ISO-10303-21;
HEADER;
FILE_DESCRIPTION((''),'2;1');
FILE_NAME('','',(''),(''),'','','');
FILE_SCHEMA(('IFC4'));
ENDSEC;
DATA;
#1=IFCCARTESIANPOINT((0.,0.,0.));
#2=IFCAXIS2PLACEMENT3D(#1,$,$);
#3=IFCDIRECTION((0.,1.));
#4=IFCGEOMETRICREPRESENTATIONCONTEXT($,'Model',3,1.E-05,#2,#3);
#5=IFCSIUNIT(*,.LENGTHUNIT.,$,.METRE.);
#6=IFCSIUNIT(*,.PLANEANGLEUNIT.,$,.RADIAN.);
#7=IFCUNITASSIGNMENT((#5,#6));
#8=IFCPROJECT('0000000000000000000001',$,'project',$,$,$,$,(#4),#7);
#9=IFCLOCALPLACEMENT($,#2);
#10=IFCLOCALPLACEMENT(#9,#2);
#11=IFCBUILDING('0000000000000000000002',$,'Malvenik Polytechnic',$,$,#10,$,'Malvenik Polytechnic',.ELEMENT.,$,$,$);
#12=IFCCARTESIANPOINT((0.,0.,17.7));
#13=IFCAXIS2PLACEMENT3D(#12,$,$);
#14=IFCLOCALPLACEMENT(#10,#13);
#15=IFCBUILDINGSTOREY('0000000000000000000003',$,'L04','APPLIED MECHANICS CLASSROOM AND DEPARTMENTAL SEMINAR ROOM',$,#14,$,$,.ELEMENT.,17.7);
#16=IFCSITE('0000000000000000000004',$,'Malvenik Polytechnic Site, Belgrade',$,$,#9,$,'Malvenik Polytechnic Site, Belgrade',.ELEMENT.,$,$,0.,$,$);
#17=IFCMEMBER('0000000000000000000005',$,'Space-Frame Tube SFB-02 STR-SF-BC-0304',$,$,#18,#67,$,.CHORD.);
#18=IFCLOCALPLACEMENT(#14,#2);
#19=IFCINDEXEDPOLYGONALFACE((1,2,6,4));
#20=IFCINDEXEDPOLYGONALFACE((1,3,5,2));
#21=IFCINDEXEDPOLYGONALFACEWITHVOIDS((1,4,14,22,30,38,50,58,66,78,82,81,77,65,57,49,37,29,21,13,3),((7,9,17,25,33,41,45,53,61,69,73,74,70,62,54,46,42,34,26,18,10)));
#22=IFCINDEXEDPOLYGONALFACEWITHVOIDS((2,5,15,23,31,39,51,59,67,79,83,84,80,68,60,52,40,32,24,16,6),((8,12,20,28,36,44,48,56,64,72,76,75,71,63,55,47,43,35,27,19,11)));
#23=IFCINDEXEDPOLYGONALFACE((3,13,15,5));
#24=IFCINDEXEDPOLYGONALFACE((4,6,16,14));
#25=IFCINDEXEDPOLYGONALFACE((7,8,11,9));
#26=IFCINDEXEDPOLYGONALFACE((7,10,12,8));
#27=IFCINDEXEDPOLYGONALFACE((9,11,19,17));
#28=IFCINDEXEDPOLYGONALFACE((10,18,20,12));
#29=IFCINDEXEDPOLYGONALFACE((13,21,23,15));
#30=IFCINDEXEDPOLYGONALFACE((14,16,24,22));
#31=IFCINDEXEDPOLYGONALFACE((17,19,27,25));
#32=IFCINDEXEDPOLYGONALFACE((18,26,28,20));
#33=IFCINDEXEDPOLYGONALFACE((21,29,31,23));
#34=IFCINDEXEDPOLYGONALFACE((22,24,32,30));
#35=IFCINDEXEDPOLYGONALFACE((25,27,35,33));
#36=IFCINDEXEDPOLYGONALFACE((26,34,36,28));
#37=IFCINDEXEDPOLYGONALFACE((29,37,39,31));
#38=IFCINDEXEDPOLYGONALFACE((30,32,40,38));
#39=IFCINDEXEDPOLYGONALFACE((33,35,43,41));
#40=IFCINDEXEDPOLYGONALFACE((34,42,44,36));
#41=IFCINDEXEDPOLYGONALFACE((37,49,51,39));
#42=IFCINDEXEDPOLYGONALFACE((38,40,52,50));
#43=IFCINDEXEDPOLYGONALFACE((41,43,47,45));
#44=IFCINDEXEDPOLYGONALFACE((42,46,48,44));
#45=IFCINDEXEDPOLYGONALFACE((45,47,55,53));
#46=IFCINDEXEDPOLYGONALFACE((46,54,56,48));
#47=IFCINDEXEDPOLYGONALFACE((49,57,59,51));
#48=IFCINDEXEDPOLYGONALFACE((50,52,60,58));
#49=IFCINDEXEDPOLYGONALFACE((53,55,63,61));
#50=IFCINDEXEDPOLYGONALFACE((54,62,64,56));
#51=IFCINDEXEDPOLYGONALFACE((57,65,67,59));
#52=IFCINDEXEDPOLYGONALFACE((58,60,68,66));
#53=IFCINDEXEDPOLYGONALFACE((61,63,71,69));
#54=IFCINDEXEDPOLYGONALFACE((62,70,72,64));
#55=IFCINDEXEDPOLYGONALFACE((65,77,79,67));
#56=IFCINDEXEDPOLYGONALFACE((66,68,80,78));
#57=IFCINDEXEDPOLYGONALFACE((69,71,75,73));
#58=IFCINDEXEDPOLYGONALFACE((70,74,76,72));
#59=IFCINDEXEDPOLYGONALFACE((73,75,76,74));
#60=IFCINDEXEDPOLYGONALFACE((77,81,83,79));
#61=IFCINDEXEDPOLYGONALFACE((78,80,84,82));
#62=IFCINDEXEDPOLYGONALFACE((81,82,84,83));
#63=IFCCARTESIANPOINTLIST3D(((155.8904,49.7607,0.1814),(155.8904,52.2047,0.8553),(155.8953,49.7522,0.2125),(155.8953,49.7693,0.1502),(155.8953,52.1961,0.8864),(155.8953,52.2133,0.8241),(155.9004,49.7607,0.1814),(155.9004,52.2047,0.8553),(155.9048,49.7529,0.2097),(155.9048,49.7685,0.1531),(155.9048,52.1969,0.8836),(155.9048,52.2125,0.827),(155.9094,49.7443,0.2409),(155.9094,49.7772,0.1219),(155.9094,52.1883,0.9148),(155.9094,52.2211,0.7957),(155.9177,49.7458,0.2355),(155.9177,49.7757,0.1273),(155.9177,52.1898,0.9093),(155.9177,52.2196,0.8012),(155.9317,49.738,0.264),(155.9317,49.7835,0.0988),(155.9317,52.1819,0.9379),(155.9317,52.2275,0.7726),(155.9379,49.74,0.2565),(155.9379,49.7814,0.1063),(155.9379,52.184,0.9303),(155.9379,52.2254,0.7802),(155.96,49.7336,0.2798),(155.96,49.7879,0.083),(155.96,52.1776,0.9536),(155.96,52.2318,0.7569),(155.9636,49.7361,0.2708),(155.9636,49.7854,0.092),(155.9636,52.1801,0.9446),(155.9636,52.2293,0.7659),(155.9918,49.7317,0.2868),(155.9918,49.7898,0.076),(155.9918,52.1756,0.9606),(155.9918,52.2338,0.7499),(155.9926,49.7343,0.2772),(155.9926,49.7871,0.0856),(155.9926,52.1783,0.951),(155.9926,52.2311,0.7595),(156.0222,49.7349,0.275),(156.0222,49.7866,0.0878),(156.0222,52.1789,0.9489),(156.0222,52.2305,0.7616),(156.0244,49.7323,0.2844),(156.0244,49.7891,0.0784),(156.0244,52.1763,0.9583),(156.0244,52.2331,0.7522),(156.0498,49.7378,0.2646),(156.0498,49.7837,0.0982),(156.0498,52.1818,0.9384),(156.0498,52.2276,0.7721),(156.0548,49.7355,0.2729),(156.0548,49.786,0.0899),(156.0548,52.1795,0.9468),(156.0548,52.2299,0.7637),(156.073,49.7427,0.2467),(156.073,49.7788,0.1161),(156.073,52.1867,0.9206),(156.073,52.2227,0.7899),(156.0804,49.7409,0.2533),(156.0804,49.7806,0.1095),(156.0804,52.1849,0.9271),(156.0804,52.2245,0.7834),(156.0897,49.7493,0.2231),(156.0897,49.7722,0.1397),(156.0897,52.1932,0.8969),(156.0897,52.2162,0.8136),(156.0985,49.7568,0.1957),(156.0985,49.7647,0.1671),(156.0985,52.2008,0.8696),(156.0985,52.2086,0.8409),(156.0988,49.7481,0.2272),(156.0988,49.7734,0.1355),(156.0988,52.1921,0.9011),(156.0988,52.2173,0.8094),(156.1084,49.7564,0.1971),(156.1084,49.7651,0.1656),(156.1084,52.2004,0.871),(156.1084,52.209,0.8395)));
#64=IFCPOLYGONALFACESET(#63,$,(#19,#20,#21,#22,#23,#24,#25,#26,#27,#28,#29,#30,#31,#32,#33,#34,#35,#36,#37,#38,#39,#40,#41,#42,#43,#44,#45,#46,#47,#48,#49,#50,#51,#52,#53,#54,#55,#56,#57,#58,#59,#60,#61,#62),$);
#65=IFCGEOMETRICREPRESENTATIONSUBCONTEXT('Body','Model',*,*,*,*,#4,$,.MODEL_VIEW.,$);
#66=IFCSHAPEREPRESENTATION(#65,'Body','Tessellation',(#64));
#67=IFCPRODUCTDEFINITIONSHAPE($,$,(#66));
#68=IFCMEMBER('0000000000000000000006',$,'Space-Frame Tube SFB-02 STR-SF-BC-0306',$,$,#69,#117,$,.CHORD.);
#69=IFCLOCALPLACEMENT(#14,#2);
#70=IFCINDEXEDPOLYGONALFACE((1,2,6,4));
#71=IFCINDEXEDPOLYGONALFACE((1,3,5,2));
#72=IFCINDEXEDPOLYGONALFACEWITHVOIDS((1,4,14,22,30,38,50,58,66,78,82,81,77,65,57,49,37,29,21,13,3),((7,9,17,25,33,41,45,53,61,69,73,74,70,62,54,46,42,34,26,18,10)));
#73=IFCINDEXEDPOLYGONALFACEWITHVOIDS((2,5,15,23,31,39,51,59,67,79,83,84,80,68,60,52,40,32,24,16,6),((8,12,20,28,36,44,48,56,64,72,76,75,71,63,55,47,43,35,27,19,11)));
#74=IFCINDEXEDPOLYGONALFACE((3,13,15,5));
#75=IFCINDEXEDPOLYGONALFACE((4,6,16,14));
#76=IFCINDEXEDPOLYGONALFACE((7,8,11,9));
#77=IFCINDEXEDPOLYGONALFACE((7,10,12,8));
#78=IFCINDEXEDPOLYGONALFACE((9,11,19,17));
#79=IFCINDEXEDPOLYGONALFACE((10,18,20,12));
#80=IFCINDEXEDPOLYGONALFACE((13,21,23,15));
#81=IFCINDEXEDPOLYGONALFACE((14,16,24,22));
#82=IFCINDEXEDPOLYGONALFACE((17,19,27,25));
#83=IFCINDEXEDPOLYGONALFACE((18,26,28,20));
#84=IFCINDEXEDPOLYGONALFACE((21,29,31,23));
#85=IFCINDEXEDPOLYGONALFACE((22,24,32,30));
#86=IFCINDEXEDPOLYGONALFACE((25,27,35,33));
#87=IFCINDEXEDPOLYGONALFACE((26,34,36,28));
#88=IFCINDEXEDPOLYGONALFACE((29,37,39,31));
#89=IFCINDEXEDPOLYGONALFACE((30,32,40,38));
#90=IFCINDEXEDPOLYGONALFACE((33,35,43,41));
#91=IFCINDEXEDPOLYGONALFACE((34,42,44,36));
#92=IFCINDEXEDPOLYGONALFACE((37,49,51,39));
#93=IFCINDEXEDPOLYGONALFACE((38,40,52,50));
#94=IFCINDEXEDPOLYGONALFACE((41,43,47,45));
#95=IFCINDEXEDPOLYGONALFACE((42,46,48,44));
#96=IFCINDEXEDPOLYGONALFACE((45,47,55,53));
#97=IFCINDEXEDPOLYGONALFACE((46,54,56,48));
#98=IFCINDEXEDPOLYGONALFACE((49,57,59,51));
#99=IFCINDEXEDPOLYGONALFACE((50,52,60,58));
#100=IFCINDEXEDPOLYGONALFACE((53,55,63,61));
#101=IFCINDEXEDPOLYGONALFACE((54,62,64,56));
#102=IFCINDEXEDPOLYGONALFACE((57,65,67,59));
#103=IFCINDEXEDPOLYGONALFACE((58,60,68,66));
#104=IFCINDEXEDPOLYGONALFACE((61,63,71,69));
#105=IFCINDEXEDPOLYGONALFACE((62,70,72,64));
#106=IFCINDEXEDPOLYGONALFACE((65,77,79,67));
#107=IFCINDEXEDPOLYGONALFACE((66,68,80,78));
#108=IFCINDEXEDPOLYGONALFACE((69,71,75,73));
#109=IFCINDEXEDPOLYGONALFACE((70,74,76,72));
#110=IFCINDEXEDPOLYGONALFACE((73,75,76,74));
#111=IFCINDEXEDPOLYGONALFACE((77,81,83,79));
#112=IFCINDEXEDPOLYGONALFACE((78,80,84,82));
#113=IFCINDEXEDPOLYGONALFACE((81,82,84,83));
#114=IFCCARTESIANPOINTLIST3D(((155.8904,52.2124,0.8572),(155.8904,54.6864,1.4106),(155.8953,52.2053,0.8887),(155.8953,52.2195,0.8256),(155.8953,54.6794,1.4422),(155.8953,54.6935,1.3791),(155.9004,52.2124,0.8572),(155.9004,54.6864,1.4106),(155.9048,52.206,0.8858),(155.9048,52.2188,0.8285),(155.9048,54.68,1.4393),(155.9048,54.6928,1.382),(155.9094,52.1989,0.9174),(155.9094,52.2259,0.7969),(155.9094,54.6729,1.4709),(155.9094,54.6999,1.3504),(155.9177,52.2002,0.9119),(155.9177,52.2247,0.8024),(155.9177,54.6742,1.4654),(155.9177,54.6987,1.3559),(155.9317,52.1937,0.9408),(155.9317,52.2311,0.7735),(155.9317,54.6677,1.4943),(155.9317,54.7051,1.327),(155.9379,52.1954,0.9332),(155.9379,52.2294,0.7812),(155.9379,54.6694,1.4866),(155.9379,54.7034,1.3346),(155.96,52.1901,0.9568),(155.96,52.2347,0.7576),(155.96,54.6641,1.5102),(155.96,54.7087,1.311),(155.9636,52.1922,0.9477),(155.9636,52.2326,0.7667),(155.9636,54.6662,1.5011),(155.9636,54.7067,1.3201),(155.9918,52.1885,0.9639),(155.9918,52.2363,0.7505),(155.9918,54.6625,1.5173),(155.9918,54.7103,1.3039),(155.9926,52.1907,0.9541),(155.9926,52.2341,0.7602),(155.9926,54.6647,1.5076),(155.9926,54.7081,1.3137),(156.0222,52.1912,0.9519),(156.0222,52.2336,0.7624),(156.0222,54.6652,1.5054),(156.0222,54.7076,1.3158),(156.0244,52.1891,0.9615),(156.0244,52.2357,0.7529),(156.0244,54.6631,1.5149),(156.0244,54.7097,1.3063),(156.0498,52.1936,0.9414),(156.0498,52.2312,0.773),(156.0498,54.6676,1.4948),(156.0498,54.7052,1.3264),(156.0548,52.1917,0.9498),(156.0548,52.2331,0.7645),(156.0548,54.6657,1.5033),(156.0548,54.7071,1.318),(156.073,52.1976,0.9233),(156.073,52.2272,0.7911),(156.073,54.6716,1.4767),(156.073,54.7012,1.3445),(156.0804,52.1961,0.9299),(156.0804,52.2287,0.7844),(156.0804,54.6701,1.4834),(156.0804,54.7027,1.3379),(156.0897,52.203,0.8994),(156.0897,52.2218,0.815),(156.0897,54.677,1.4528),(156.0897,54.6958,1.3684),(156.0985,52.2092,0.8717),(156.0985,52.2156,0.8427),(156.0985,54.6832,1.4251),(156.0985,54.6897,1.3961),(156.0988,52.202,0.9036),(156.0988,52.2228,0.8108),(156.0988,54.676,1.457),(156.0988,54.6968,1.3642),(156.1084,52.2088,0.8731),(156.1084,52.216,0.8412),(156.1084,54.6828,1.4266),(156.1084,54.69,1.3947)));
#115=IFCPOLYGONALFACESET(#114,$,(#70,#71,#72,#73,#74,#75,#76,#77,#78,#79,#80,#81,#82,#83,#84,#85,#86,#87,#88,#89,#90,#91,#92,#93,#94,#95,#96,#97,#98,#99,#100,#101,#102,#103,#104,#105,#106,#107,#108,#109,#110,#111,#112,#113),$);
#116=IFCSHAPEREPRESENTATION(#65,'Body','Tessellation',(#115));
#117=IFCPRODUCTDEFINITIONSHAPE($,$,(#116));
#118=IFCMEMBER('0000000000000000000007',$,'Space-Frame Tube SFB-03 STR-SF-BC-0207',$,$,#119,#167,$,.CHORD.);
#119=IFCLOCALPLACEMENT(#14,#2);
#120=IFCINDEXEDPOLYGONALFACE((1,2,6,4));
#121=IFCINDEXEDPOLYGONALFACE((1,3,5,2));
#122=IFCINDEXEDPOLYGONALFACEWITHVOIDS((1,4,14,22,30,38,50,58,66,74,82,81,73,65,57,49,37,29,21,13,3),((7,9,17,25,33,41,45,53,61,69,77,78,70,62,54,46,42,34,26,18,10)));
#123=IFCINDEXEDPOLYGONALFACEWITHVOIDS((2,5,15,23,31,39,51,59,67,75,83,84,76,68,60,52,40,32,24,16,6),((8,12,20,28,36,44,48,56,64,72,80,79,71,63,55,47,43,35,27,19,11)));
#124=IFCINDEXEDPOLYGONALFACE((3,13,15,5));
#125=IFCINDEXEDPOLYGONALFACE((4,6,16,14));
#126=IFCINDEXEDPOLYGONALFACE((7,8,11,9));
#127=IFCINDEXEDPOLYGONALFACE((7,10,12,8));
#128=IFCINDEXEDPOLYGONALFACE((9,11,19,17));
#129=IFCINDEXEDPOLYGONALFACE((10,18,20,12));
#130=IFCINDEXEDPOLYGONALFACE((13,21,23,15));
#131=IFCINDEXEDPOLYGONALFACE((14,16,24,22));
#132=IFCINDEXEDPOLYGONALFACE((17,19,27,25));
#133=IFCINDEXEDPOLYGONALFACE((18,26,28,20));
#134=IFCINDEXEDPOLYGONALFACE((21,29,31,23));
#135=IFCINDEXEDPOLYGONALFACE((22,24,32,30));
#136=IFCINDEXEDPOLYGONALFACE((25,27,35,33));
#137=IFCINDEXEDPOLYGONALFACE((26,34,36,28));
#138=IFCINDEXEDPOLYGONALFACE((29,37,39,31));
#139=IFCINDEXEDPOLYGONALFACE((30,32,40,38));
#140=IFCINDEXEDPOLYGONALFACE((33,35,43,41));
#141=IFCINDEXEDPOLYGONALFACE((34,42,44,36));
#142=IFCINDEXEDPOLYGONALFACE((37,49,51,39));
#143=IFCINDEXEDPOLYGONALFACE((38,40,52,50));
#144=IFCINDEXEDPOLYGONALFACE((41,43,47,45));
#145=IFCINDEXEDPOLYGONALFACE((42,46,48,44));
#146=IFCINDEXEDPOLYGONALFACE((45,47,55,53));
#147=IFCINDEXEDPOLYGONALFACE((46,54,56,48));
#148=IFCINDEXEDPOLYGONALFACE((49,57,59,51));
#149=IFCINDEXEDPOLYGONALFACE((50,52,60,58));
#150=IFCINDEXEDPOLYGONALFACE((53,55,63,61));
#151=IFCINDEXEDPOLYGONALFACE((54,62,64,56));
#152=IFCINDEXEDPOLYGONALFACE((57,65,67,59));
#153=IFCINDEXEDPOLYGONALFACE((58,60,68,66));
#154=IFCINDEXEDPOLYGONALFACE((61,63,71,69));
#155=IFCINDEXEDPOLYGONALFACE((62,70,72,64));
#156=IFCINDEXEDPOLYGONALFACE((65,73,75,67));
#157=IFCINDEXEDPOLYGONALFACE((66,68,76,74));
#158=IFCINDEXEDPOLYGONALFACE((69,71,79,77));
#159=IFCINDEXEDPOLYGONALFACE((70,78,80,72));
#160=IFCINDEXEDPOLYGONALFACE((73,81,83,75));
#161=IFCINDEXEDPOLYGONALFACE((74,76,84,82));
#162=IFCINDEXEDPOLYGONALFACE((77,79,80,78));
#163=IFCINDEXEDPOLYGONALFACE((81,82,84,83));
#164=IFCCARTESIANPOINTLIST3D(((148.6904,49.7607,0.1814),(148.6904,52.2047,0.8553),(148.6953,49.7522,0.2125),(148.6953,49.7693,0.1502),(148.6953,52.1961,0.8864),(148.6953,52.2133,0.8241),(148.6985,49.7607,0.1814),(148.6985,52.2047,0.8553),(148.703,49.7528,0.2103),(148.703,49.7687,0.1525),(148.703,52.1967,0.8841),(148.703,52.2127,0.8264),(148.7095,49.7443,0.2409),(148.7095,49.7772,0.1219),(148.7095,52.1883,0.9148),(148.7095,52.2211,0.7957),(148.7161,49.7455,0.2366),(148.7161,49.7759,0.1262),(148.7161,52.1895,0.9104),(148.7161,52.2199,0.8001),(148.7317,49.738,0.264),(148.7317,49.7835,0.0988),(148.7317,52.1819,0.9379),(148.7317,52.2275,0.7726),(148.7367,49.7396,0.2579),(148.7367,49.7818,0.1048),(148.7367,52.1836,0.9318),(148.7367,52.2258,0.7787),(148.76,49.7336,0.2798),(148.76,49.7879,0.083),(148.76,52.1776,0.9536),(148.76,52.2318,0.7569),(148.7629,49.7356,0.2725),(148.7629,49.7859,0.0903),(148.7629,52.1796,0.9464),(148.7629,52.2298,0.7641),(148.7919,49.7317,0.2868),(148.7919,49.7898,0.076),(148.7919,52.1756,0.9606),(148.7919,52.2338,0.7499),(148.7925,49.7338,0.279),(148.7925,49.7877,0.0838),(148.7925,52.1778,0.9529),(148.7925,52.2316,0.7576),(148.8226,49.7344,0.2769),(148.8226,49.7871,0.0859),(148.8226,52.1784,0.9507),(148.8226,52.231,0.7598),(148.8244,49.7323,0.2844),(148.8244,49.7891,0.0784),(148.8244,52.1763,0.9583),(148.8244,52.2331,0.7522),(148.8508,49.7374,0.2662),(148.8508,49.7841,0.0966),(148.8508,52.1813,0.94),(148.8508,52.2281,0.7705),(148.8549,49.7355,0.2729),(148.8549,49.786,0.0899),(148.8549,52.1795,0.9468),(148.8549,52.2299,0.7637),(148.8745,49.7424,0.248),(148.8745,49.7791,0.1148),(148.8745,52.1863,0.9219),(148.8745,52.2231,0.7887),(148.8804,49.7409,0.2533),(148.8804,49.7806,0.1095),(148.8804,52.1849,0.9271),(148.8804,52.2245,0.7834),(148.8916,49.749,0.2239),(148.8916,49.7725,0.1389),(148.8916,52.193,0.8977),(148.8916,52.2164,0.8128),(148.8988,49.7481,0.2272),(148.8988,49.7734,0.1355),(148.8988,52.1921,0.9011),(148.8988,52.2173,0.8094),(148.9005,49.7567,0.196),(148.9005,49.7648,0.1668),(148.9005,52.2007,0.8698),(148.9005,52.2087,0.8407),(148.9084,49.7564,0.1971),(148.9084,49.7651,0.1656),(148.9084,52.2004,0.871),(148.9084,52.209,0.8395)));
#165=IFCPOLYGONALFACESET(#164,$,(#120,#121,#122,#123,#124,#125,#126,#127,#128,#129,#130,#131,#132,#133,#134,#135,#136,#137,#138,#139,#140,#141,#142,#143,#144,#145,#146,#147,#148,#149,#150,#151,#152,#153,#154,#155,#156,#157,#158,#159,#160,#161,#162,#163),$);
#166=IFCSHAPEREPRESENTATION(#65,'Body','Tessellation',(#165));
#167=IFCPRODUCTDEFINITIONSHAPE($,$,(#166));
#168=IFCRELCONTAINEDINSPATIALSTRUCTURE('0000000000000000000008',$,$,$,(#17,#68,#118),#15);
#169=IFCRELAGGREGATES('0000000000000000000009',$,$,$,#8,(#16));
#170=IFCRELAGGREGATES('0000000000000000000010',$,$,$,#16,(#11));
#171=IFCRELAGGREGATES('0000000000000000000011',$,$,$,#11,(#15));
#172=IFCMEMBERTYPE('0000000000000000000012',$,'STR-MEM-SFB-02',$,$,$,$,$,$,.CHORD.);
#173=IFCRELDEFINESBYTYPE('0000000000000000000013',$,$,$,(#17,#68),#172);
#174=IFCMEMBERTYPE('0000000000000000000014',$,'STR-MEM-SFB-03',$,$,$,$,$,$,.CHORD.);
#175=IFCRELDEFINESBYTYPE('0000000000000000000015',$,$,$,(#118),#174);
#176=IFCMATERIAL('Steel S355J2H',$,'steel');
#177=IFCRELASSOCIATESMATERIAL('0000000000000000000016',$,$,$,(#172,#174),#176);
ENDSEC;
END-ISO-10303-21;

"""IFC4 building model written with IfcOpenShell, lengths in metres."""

from ifc_helpers import new_model, si_unit, direction, frame, origin, origin_2d, place, context, subcontext, project, spatial, hollow_circle, extrude, material, material_profile, profile_set, type_object, element, save


model = new_model("IFC4")

# Units and contexts
model_context = context("Model", 3, precision=1e-05, world=origin(), true_north=direction((0.0, 1.0)))
body_context = subcontext(model_context, "Body", "Model", "MODEL_VIEW")
ifc_project = project(units=[si_unit("LENGTHUNIT", "METRE"), si_unit("PLANEANGLEUNIT", "RADIAN")], contexts=[model_context])

# Site, building, storey
site_placement = place(None, origin())
site = spatial("IfcSite", under=ifc_project, at=site_placement, Name="Malvenik Polytechnic Site, Belgrade", LongName="Malvenik Polytechnic Site, Belgrade", CompositionType="ELEMENT", RefElevation=0.0)
building_placement = place(site_placement, origin())
building = spatial("IfcBuilding", under=site, at=building_placement, Name="Malvenik Polytechnic", LongName="Malvenik Polytechnic", CompositionType="ELEMENT")
storey_placement = place(building_placement, frame((0.0, 0.0, 17.7)))
storey = spatial("IfcBuildingStorey", under=building, at=storey_placement, Name="L04", Description="APPLIED MECHANICS CLASSROOM AND DEPARTMENTAL SEMINAR ROOM", CompositionType="ELEMENT", Elevation=17.7)

# Members
ifc_material = material(Name="Steel S355J2H", Category="steel")
ifc_material_profile_1 = material_profile(ifc_material, hollow_circle(Radius=0.1096, WallThickness=0.01, at=origin_2d()), Name="CHS 219.1x10.0")
ifc_profile_set_1 = profile_set([ifc_material_profile_1], Name="Steel S355J2H")
member_type_1 = type_object("IfcMemberType", Name="STR-MEM-SFB-02", PredefinedType="CHORD", material=ifc_profile_set_1)
for number, where, z_axis, x_axis, name in (
    (1, (156.0, 49.7607, 0.1814), (0.0, 0.964027, 0.265806), (-1.0, 0.0, 0.0), "Space-Frame Tube SFB-02 STR-SF-BC-0304"),
    (2, (156.0, 52.2124, 0.8572), (0.0, 0.97588, 0.218307), (-1.0, 0.0, 0.0), "Space-Frame Tube SFB-02 STR-SF-BC-0306"),
):
    element("IfcMember", number, at=place(storey_placement, frame(where, z_axis=z_axis, x_axis=x_axis)), inside=storey, type_object=member_type_1, Name=name, PredefinedType="CHORD", context=body_context, shape_type="SweptSolid", body=[
        extrude(hollow_circle(Radius=0.1096, WallThickness=0.01, at=origin_2d()), origin(), (0.0, 0.0, 1.0), 2.5352),
    ])
ifc_material_profile_2 = material_profile(ifc_material, hollow_circle(Radius=0.1096, WallThickness=0.0081, at=origin_2d()), Name="CHS 219.1x8.0")
ifc_profile_set_2 = profile_set([ifc_material_profile_2], Name="Steel S355J2H")
member_type_2 = type_object("IfcMemberType", Name="STR-MEM-SFB-03", PredefinedType="CHORD", material=ifc_profile_set_2)
for number, where, z_axis, x_axis, name in (
    (3, (148.8, 49.7607, 0.1814), (0.0, 0.964027, 0.265806), (-1.0, 0.0, 0.0), "Space-Frame Tube SFB-03 STR-SF-BC-0207"),
):
    element("IfcMember", number, at=place(storey_placement, frame(where, z_axis=z_axis, x_axis=x_axis)), inside=storey, type_object=member_type_2, Name=name, PredefinedType="CHORD", context=body_context, shape_type="SweptSolid", body=[
        extrude(hollow_circle(Radius=0.1096, WallThickness=0.0081, at=origin_2d()), origin(), (0.0, 0.0, 1.0), 2.5352),
    ])

save(model, "model.ifc")
